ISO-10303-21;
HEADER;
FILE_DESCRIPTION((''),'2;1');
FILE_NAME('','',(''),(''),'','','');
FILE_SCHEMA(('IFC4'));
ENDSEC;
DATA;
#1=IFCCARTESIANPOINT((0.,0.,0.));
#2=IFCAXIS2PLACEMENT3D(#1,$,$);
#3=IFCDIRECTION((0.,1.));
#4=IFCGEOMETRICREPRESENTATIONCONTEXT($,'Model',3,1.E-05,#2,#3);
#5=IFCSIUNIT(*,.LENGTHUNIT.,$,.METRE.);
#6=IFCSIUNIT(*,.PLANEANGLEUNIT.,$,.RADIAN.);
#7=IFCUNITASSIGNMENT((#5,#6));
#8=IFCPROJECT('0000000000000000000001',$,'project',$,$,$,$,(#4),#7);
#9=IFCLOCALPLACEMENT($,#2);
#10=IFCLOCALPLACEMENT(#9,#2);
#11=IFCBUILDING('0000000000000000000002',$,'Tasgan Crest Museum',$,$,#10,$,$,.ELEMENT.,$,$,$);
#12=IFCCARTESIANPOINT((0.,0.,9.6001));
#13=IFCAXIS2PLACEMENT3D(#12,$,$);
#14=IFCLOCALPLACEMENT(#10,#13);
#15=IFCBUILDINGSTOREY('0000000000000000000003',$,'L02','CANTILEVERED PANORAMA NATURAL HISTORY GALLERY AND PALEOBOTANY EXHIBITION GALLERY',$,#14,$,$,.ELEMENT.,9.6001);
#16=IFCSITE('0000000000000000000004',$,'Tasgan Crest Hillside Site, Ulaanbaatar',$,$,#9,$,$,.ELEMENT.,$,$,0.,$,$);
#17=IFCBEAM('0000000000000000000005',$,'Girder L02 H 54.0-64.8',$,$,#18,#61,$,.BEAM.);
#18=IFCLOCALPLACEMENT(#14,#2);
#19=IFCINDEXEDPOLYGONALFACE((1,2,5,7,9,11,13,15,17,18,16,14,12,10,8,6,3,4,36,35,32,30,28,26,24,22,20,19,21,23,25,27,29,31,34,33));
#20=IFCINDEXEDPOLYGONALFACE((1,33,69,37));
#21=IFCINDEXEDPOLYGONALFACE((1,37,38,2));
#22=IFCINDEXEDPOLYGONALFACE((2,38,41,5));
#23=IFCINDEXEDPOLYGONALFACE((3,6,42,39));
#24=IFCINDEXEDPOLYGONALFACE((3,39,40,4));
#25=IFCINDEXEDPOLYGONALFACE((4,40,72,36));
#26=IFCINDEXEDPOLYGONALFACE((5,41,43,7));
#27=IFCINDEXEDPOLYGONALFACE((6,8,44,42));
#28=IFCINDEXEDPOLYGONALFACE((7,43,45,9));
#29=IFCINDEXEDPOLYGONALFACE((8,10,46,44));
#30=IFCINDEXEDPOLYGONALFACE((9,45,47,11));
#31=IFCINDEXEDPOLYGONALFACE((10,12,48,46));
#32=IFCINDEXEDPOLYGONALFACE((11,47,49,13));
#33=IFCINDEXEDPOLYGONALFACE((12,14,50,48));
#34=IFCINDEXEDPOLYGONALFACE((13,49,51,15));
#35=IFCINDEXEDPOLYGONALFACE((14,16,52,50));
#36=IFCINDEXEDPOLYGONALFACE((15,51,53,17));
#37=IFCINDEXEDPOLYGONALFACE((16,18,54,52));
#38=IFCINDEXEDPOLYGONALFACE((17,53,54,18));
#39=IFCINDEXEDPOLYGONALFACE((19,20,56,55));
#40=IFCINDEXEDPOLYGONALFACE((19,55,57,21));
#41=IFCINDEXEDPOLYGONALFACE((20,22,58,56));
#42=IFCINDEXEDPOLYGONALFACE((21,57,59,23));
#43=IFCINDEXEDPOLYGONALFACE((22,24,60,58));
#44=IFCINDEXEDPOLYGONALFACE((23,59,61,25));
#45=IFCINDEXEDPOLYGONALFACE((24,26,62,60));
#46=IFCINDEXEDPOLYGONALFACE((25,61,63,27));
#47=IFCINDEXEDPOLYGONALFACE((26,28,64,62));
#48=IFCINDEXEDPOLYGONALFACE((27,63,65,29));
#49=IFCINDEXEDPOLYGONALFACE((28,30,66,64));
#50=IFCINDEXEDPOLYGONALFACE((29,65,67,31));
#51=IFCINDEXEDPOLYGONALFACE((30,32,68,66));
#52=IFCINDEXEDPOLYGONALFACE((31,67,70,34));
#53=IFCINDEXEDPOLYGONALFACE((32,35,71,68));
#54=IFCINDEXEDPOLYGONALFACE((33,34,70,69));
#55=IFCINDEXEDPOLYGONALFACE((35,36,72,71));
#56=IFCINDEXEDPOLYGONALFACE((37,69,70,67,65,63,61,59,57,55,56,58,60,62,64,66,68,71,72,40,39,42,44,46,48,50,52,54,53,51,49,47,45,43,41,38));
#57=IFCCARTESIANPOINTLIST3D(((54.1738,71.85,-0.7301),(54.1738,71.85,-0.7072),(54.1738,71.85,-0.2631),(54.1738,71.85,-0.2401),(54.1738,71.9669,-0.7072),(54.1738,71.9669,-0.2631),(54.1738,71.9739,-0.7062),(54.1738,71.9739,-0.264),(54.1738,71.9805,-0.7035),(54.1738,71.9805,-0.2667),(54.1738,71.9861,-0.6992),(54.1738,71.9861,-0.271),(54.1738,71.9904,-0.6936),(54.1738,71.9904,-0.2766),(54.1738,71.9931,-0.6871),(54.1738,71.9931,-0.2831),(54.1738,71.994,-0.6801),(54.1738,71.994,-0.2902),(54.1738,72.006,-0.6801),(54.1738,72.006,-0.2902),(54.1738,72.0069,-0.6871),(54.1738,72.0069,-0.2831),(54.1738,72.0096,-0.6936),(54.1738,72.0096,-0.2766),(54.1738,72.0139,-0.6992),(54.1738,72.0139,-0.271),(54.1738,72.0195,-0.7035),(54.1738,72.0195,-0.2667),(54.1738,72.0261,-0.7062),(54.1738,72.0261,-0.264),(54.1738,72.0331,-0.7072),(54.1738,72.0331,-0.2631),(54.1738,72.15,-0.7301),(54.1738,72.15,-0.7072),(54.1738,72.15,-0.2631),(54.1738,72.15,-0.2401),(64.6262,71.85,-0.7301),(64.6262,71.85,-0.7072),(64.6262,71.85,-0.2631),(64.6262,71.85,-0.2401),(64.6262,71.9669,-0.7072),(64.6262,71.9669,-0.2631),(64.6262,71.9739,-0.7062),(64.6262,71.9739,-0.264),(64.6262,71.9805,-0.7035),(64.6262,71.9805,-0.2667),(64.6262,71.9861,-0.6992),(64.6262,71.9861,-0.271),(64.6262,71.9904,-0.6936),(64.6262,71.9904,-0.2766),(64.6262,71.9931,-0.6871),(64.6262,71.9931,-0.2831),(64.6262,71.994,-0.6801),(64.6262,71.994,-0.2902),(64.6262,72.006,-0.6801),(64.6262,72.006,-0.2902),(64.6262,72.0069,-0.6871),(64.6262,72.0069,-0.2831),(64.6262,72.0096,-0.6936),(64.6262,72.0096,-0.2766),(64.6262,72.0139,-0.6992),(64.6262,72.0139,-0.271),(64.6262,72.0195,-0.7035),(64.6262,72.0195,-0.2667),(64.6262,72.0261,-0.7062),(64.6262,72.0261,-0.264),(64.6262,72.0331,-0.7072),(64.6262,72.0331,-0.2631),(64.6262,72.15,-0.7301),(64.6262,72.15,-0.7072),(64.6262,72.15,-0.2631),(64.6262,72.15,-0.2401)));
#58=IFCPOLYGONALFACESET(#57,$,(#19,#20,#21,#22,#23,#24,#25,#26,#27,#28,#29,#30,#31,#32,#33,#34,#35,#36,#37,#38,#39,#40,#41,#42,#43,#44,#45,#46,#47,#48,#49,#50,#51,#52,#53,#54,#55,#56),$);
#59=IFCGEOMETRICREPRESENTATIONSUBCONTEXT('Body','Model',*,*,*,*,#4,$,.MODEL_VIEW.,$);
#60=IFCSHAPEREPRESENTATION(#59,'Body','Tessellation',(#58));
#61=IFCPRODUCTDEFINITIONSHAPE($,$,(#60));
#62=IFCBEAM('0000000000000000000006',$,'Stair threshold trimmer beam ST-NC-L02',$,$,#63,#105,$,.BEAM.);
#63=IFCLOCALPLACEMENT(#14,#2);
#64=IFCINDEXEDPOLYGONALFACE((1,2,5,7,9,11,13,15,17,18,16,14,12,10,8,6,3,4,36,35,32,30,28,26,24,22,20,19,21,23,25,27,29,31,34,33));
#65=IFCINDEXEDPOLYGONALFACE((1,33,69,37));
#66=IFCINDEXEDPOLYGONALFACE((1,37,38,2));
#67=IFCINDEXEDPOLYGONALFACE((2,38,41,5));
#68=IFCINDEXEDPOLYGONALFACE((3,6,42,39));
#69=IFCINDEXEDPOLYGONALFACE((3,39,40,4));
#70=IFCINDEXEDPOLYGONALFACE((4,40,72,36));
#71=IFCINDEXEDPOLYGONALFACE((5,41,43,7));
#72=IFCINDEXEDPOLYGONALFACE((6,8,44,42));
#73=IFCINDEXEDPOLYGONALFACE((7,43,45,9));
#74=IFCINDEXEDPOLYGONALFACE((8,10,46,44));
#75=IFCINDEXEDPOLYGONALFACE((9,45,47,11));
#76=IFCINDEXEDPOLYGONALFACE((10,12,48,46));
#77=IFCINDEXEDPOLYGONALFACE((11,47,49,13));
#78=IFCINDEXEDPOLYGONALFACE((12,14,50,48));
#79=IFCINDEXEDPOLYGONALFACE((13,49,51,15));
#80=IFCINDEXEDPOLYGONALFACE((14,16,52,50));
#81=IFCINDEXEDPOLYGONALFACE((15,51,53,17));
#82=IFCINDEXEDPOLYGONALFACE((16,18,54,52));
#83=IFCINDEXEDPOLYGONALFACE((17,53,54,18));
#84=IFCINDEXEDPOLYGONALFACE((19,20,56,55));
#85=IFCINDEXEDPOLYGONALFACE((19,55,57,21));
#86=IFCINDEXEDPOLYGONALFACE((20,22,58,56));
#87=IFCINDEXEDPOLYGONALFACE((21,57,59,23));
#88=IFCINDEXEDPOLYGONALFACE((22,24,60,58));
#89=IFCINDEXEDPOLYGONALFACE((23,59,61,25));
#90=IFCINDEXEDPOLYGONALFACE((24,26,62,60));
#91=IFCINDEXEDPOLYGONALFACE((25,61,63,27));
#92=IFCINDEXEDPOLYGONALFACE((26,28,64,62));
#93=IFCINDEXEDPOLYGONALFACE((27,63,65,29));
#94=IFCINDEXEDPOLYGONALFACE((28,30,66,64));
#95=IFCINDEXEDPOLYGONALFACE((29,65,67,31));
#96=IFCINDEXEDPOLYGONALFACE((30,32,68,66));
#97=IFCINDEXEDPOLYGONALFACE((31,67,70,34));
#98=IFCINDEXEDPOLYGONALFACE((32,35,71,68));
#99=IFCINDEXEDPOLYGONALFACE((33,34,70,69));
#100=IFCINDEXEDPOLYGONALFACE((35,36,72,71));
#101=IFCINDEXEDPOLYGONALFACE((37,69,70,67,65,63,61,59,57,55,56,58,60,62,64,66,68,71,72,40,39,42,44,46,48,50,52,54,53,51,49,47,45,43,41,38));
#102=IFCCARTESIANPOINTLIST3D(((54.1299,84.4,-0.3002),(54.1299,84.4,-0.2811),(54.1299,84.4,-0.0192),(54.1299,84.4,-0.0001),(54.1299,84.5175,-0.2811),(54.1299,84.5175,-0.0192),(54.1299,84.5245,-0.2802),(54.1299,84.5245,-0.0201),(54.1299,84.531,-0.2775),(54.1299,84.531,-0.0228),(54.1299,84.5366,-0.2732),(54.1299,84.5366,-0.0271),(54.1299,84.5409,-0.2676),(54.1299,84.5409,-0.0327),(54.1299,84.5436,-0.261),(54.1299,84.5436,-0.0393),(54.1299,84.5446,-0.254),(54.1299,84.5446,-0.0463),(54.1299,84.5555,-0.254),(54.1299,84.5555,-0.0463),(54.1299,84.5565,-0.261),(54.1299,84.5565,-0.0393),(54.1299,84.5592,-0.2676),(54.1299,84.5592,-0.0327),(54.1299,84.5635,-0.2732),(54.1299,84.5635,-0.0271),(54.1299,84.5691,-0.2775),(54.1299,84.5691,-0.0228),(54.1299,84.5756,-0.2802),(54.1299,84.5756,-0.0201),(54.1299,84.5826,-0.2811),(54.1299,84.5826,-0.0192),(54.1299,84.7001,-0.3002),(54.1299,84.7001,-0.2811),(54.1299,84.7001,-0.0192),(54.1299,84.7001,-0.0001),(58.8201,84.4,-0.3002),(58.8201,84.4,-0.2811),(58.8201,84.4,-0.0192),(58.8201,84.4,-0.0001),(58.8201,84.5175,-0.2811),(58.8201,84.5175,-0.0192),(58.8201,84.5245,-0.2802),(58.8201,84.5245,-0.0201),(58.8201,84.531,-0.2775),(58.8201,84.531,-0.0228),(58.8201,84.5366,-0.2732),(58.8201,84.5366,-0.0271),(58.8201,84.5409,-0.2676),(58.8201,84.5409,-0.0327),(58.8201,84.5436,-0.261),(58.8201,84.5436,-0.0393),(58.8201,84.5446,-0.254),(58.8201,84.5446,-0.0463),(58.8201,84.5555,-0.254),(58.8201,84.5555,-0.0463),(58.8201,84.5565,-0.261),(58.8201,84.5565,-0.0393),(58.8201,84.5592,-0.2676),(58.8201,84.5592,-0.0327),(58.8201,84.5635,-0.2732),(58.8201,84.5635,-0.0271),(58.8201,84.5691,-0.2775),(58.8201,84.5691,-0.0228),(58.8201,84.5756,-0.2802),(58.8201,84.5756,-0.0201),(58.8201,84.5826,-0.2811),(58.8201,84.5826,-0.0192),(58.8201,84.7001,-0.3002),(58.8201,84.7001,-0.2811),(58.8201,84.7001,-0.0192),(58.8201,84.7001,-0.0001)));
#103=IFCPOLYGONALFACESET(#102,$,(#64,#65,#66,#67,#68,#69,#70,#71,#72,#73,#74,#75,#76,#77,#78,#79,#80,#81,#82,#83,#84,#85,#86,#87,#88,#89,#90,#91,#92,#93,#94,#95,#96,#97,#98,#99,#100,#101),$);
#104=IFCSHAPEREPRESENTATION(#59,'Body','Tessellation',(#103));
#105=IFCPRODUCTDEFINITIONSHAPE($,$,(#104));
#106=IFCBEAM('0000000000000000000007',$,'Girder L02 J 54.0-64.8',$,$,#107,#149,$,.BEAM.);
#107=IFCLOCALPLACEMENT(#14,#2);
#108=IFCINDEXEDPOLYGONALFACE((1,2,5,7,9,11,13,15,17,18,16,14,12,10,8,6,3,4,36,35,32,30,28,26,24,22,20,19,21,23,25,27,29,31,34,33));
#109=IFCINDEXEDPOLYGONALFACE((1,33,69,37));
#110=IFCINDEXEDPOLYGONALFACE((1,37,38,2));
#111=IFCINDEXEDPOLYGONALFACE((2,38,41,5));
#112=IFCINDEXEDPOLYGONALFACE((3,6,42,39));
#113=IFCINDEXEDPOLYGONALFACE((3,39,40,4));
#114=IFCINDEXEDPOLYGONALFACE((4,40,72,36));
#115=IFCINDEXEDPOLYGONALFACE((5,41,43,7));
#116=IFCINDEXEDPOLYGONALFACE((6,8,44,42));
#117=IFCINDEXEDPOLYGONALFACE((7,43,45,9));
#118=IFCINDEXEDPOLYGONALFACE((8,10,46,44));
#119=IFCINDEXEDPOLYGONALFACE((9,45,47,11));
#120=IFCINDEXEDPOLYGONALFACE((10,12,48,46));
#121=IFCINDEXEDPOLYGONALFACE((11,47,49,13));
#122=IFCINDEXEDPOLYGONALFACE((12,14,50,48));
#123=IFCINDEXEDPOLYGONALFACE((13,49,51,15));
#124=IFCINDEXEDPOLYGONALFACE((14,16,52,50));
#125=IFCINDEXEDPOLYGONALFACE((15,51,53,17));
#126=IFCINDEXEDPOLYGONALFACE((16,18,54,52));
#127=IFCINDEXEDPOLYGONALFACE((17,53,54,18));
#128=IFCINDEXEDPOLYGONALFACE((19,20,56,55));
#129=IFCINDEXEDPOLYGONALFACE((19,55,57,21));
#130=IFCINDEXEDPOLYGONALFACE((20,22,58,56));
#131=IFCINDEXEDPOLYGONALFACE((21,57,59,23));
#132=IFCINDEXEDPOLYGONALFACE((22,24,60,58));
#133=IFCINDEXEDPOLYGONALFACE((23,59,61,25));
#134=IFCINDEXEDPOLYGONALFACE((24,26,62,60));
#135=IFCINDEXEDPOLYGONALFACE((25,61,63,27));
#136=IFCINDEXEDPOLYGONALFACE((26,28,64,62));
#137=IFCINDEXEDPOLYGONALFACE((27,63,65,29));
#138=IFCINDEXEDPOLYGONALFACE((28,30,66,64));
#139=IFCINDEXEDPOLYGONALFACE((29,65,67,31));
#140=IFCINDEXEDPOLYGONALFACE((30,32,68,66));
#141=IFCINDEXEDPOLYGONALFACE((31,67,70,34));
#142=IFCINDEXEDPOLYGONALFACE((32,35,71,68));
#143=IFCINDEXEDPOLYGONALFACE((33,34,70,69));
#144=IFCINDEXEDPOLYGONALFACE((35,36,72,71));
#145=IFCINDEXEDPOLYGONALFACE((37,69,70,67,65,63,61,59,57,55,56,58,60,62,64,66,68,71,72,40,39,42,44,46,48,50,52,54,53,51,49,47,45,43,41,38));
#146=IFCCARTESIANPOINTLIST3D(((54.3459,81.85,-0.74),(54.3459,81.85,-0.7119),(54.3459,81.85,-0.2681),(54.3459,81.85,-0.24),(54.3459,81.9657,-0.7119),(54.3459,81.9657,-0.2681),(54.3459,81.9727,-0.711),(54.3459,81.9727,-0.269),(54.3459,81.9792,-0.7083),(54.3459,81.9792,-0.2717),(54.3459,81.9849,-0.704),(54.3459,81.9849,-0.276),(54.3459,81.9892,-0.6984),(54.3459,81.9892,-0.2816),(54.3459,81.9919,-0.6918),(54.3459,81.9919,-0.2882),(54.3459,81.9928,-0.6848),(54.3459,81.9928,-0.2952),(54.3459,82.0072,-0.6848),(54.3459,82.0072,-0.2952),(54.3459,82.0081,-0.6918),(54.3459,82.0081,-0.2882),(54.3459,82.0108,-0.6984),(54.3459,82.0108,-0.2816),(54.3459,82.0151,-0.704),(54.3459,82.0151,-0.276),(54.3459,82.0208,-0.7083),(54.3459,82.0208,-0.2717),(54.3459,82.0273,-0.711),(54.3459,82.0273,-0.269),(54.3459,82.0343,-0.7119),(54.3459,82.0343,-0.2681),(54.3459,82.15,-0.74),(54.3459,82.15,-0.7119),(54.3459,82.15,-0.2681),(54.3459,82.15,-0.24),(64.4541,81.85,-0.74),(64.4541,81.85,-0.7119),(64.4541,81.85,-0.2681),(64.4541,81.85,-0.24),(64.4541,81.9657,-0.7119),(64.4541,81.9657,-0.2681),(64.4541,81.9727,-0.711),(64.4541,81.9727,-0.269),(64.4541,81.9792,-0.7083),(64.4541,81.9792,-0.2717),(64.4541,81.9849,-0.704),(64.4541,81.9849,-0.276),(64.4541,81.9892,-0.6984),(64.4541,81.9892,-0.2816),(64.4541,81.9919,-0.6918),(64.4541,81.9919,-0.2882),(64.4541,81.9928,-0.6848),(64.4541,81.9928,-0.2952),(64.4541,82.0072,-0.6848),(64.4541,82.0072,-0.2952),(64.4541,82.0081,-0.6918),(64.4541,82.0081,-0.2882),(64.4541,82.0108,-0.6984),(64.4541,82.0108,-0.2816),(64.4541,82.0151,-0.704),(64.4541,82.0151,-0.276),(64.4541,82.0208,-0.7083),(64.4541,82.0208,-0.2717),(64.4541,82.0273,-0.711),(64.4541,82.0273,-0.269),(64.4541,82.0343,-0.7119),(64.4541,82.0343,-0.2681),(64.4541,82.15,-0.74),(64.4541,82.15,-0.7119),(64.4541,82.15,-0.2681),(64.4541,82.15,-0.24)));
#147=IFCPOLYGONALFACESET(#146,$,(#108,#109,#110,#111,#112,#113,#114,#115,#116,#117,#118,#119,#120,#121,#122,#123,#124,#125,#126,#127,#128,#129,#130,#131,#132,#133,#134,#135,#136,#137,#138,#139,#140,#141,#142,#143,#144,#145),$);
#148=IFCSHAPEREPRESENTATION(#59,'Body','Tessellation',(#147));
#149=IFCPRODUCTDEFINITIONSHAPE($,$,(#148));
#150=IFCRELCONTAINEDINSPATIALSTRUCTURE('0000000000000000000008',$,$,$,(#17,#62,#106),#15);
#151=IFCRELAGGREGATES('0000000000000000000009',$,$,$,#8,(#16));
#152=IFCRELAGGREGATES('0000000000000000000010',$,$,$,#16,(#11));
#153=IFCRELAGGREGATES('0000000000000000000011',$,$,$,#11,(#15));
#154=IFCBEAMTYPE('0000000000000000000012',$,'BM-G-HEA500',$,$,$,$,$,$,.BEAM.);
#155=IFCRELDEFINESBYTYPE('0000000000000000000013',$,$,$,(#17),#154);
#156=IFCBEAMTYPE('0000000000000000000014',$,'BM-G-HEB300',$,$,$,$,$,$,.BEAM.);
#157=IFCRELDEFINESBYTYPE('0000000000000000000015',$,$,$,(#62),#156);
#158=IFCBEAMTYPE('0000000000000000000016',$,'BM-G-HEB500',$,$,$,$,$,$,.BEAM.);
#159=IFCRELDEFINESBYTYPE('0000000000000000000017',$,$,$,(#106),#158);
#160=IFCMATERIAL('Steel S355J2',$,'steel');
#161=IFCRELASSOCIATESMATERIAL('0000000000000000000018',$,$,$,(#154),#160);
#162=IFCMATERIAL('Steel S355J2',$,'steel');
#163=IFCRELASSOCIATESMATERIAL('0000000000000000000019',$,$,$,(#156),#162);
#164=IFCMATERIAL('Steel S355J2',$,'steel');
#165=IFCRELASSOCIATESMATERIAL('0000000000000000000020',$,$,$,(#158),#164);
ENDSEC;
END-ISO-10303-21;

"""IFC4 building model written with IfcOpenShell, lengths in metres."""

from ifc_helpers import new_model, si_unit, direction, frame, origin, origin_2d, place, context, subcontext, project, spatial, i_section, extrude, material, material_profile, profile_set, type_object, element, save


model = new_model("IFC4")

# Units and contexts
model_context = context("Model", 3, precision=1e-05, world=origin(), true_north=direction((0.0, 1.0)))
body_context = subcontext(model_context, "Body", "Model", "MODEL_VIEW")
ifc_project = project(units=[si_unit("LENGTHUNIT", "METRE"), si_unit("PLANEANGLEUNIT", "RADIAN")], contexts=[model_context])

# Site, building, storey
site_placement = place(None, origin())
site = spatial("IfcSite", under=ifc_project, at=site_placement, Name="Tasgan Crest Hillside Site, Ulaanbaatar", CompositionType="ELEMENT", RefElevation=0.0)
building_placement = place(site_placement, origin())
building = spatial("IfcBuilding", under=site, at=building_placement, Name="Tasgan Crest Museum", CompositionType="ELEMENT")
storey_placement = place(building_placement, frame((0.0, 0.0, 9.6001)))
storey = spatial("IfcBuildingStorey", under=building, at=storey_placement, Name="L02", Description="CANTILEVERED PANORAMA NATURAL HISTORY GALLERY AND PALEOBOTANY EXHIBITION GALLERY", CompositionType="ELEMENT", Elevation=9.6001)

# Beams
ifc_material_1 = material(Name="Steel S355J2", Category="steel")
ifc_material_profile_1 = material_profile(ifc_material_1, i_section(OverallWidth=0.3, OverallDepth=0.49, WebThickness=0.012, FlangeThickness=0.0229, FilletRadius=0.0271, at=origin_2d()), Name="HEA 500")
ifc_profile_set_1 = profile_set([ifc_material_profile_1], Name="Steel S355J2")
beam_type_1 = type_object("IfcBeamType", Name="BM-G-HEA500", PredefinedType="BEAM", material=ifc_profile_set_1)
beam_1_placement = place(storey_placement, frame((54.1738, 72.0, -0.4851), z_axis=(1.0, 0.0, 0.0), x_axis=(0.0, 1.0, 0.0)))
element("IfcBeam", 1, at=beam_1_placement, inside=storey, type_object=beam_type_1, Name="Girder L02 H 54.0-64.8", PredefinedType="BEAM", context=body_context, shape_type="SweptSolid", body=[
    extrude(i_section(OverallWidth=0.3, OverallDepth=0.49, WebThickness=0.012, FlangeThickness=0.0229, FilletRadius=0.0271, at=origin_2d()), origin(), (0.0, 0.0, 1.0), 10.4524),
])
ifc_material_2 = material(Name="Steel S355J2", Category="steel")
ifc_material_profile_2 = material_profile(ifc_material_2, i_section(OverallWidth=0.3, OverallDepth=0.3, WebThickness=0.011, FlangeThickness=0.019, FilletRadius=0.0271, at=origin_2d()), Name="HEB 300")
ifc_profile_set_2 = profile_set([ifc_material_profile_2], Name="Steel S355J2")
beam_type_2 = type_object("IfcBeamType", Name="BM-G-HEB300", PredefinedType="BEAM", material=ifc_profile_set_2)
beam_2_placement = place(storey_placement, frame((54.1299, 84.55, -0.1501), z_axis=(1.0, 0.0, 0.0), x_axis=(0.0, 1.0, 0.0)))
element("IfcBeam", 2, at=beam_2_placement, inside=storey, type_object=beam_type_2, Name="Stair threshold trimmer beam ST-NC-L02", PredefinedType="BEAM", context=body_context, shape_type="SweptSolid", body=[
    extrude(i_section(OverallWidth=0.3, OverallDepth=0.3, WebThickness=0.011, FlangeThickness=0.019, FilletRadius=0.0271, at=origin_2d()), origin(), (0.0, 0.0, 1.0), 4.6902),
])
ifc_material_3 = material(Name="Steel S355J2", Category="steel")
ifc_material_profile_3 = material_profile(ifc_material_3, i_section(OverallWidth=0.3, OverallDepth=0.5, WebThickness=0.0144, FlangeThickness=0.0281, FilletRadius=0.0271, at=origin_2d()), Name="HEB 500")
ifc_profile_set_3 = profile_set([ifc_material_profile_3], Name="Steel S355J2")
beam_type_3 = type_object("IfcBeamType", Name="BM-G-HEB500", PredefinedType="BEAM", material=ifc_profile_set_3)
beam_3_placement = place(storey_placement, frame((54.3459, 82.0, -0.49), z_axis=(1.0, 0.0, 0.0), x_axis=(0.0, 1.0, 0.0)))
element("IfcBeam", 3, at=beam_3_placement, inside=storey, type_object=beam_type_3, Name="Girder L02 J 54.0-64.8", PredefinedType="BEAM", context=body_context, shape_type="SweptSolid", body=[
    extrude(i_section(OverallWidth=0.3, OverallDepth=0.5, WebThickness=0.0144, FlangeThickness=0.0281, FilletRadius=0.0271, at=origin_2d()), origin(), (0.0, 0.0, 1.0), 10.1082),
])

save(model, "model.ifc")
